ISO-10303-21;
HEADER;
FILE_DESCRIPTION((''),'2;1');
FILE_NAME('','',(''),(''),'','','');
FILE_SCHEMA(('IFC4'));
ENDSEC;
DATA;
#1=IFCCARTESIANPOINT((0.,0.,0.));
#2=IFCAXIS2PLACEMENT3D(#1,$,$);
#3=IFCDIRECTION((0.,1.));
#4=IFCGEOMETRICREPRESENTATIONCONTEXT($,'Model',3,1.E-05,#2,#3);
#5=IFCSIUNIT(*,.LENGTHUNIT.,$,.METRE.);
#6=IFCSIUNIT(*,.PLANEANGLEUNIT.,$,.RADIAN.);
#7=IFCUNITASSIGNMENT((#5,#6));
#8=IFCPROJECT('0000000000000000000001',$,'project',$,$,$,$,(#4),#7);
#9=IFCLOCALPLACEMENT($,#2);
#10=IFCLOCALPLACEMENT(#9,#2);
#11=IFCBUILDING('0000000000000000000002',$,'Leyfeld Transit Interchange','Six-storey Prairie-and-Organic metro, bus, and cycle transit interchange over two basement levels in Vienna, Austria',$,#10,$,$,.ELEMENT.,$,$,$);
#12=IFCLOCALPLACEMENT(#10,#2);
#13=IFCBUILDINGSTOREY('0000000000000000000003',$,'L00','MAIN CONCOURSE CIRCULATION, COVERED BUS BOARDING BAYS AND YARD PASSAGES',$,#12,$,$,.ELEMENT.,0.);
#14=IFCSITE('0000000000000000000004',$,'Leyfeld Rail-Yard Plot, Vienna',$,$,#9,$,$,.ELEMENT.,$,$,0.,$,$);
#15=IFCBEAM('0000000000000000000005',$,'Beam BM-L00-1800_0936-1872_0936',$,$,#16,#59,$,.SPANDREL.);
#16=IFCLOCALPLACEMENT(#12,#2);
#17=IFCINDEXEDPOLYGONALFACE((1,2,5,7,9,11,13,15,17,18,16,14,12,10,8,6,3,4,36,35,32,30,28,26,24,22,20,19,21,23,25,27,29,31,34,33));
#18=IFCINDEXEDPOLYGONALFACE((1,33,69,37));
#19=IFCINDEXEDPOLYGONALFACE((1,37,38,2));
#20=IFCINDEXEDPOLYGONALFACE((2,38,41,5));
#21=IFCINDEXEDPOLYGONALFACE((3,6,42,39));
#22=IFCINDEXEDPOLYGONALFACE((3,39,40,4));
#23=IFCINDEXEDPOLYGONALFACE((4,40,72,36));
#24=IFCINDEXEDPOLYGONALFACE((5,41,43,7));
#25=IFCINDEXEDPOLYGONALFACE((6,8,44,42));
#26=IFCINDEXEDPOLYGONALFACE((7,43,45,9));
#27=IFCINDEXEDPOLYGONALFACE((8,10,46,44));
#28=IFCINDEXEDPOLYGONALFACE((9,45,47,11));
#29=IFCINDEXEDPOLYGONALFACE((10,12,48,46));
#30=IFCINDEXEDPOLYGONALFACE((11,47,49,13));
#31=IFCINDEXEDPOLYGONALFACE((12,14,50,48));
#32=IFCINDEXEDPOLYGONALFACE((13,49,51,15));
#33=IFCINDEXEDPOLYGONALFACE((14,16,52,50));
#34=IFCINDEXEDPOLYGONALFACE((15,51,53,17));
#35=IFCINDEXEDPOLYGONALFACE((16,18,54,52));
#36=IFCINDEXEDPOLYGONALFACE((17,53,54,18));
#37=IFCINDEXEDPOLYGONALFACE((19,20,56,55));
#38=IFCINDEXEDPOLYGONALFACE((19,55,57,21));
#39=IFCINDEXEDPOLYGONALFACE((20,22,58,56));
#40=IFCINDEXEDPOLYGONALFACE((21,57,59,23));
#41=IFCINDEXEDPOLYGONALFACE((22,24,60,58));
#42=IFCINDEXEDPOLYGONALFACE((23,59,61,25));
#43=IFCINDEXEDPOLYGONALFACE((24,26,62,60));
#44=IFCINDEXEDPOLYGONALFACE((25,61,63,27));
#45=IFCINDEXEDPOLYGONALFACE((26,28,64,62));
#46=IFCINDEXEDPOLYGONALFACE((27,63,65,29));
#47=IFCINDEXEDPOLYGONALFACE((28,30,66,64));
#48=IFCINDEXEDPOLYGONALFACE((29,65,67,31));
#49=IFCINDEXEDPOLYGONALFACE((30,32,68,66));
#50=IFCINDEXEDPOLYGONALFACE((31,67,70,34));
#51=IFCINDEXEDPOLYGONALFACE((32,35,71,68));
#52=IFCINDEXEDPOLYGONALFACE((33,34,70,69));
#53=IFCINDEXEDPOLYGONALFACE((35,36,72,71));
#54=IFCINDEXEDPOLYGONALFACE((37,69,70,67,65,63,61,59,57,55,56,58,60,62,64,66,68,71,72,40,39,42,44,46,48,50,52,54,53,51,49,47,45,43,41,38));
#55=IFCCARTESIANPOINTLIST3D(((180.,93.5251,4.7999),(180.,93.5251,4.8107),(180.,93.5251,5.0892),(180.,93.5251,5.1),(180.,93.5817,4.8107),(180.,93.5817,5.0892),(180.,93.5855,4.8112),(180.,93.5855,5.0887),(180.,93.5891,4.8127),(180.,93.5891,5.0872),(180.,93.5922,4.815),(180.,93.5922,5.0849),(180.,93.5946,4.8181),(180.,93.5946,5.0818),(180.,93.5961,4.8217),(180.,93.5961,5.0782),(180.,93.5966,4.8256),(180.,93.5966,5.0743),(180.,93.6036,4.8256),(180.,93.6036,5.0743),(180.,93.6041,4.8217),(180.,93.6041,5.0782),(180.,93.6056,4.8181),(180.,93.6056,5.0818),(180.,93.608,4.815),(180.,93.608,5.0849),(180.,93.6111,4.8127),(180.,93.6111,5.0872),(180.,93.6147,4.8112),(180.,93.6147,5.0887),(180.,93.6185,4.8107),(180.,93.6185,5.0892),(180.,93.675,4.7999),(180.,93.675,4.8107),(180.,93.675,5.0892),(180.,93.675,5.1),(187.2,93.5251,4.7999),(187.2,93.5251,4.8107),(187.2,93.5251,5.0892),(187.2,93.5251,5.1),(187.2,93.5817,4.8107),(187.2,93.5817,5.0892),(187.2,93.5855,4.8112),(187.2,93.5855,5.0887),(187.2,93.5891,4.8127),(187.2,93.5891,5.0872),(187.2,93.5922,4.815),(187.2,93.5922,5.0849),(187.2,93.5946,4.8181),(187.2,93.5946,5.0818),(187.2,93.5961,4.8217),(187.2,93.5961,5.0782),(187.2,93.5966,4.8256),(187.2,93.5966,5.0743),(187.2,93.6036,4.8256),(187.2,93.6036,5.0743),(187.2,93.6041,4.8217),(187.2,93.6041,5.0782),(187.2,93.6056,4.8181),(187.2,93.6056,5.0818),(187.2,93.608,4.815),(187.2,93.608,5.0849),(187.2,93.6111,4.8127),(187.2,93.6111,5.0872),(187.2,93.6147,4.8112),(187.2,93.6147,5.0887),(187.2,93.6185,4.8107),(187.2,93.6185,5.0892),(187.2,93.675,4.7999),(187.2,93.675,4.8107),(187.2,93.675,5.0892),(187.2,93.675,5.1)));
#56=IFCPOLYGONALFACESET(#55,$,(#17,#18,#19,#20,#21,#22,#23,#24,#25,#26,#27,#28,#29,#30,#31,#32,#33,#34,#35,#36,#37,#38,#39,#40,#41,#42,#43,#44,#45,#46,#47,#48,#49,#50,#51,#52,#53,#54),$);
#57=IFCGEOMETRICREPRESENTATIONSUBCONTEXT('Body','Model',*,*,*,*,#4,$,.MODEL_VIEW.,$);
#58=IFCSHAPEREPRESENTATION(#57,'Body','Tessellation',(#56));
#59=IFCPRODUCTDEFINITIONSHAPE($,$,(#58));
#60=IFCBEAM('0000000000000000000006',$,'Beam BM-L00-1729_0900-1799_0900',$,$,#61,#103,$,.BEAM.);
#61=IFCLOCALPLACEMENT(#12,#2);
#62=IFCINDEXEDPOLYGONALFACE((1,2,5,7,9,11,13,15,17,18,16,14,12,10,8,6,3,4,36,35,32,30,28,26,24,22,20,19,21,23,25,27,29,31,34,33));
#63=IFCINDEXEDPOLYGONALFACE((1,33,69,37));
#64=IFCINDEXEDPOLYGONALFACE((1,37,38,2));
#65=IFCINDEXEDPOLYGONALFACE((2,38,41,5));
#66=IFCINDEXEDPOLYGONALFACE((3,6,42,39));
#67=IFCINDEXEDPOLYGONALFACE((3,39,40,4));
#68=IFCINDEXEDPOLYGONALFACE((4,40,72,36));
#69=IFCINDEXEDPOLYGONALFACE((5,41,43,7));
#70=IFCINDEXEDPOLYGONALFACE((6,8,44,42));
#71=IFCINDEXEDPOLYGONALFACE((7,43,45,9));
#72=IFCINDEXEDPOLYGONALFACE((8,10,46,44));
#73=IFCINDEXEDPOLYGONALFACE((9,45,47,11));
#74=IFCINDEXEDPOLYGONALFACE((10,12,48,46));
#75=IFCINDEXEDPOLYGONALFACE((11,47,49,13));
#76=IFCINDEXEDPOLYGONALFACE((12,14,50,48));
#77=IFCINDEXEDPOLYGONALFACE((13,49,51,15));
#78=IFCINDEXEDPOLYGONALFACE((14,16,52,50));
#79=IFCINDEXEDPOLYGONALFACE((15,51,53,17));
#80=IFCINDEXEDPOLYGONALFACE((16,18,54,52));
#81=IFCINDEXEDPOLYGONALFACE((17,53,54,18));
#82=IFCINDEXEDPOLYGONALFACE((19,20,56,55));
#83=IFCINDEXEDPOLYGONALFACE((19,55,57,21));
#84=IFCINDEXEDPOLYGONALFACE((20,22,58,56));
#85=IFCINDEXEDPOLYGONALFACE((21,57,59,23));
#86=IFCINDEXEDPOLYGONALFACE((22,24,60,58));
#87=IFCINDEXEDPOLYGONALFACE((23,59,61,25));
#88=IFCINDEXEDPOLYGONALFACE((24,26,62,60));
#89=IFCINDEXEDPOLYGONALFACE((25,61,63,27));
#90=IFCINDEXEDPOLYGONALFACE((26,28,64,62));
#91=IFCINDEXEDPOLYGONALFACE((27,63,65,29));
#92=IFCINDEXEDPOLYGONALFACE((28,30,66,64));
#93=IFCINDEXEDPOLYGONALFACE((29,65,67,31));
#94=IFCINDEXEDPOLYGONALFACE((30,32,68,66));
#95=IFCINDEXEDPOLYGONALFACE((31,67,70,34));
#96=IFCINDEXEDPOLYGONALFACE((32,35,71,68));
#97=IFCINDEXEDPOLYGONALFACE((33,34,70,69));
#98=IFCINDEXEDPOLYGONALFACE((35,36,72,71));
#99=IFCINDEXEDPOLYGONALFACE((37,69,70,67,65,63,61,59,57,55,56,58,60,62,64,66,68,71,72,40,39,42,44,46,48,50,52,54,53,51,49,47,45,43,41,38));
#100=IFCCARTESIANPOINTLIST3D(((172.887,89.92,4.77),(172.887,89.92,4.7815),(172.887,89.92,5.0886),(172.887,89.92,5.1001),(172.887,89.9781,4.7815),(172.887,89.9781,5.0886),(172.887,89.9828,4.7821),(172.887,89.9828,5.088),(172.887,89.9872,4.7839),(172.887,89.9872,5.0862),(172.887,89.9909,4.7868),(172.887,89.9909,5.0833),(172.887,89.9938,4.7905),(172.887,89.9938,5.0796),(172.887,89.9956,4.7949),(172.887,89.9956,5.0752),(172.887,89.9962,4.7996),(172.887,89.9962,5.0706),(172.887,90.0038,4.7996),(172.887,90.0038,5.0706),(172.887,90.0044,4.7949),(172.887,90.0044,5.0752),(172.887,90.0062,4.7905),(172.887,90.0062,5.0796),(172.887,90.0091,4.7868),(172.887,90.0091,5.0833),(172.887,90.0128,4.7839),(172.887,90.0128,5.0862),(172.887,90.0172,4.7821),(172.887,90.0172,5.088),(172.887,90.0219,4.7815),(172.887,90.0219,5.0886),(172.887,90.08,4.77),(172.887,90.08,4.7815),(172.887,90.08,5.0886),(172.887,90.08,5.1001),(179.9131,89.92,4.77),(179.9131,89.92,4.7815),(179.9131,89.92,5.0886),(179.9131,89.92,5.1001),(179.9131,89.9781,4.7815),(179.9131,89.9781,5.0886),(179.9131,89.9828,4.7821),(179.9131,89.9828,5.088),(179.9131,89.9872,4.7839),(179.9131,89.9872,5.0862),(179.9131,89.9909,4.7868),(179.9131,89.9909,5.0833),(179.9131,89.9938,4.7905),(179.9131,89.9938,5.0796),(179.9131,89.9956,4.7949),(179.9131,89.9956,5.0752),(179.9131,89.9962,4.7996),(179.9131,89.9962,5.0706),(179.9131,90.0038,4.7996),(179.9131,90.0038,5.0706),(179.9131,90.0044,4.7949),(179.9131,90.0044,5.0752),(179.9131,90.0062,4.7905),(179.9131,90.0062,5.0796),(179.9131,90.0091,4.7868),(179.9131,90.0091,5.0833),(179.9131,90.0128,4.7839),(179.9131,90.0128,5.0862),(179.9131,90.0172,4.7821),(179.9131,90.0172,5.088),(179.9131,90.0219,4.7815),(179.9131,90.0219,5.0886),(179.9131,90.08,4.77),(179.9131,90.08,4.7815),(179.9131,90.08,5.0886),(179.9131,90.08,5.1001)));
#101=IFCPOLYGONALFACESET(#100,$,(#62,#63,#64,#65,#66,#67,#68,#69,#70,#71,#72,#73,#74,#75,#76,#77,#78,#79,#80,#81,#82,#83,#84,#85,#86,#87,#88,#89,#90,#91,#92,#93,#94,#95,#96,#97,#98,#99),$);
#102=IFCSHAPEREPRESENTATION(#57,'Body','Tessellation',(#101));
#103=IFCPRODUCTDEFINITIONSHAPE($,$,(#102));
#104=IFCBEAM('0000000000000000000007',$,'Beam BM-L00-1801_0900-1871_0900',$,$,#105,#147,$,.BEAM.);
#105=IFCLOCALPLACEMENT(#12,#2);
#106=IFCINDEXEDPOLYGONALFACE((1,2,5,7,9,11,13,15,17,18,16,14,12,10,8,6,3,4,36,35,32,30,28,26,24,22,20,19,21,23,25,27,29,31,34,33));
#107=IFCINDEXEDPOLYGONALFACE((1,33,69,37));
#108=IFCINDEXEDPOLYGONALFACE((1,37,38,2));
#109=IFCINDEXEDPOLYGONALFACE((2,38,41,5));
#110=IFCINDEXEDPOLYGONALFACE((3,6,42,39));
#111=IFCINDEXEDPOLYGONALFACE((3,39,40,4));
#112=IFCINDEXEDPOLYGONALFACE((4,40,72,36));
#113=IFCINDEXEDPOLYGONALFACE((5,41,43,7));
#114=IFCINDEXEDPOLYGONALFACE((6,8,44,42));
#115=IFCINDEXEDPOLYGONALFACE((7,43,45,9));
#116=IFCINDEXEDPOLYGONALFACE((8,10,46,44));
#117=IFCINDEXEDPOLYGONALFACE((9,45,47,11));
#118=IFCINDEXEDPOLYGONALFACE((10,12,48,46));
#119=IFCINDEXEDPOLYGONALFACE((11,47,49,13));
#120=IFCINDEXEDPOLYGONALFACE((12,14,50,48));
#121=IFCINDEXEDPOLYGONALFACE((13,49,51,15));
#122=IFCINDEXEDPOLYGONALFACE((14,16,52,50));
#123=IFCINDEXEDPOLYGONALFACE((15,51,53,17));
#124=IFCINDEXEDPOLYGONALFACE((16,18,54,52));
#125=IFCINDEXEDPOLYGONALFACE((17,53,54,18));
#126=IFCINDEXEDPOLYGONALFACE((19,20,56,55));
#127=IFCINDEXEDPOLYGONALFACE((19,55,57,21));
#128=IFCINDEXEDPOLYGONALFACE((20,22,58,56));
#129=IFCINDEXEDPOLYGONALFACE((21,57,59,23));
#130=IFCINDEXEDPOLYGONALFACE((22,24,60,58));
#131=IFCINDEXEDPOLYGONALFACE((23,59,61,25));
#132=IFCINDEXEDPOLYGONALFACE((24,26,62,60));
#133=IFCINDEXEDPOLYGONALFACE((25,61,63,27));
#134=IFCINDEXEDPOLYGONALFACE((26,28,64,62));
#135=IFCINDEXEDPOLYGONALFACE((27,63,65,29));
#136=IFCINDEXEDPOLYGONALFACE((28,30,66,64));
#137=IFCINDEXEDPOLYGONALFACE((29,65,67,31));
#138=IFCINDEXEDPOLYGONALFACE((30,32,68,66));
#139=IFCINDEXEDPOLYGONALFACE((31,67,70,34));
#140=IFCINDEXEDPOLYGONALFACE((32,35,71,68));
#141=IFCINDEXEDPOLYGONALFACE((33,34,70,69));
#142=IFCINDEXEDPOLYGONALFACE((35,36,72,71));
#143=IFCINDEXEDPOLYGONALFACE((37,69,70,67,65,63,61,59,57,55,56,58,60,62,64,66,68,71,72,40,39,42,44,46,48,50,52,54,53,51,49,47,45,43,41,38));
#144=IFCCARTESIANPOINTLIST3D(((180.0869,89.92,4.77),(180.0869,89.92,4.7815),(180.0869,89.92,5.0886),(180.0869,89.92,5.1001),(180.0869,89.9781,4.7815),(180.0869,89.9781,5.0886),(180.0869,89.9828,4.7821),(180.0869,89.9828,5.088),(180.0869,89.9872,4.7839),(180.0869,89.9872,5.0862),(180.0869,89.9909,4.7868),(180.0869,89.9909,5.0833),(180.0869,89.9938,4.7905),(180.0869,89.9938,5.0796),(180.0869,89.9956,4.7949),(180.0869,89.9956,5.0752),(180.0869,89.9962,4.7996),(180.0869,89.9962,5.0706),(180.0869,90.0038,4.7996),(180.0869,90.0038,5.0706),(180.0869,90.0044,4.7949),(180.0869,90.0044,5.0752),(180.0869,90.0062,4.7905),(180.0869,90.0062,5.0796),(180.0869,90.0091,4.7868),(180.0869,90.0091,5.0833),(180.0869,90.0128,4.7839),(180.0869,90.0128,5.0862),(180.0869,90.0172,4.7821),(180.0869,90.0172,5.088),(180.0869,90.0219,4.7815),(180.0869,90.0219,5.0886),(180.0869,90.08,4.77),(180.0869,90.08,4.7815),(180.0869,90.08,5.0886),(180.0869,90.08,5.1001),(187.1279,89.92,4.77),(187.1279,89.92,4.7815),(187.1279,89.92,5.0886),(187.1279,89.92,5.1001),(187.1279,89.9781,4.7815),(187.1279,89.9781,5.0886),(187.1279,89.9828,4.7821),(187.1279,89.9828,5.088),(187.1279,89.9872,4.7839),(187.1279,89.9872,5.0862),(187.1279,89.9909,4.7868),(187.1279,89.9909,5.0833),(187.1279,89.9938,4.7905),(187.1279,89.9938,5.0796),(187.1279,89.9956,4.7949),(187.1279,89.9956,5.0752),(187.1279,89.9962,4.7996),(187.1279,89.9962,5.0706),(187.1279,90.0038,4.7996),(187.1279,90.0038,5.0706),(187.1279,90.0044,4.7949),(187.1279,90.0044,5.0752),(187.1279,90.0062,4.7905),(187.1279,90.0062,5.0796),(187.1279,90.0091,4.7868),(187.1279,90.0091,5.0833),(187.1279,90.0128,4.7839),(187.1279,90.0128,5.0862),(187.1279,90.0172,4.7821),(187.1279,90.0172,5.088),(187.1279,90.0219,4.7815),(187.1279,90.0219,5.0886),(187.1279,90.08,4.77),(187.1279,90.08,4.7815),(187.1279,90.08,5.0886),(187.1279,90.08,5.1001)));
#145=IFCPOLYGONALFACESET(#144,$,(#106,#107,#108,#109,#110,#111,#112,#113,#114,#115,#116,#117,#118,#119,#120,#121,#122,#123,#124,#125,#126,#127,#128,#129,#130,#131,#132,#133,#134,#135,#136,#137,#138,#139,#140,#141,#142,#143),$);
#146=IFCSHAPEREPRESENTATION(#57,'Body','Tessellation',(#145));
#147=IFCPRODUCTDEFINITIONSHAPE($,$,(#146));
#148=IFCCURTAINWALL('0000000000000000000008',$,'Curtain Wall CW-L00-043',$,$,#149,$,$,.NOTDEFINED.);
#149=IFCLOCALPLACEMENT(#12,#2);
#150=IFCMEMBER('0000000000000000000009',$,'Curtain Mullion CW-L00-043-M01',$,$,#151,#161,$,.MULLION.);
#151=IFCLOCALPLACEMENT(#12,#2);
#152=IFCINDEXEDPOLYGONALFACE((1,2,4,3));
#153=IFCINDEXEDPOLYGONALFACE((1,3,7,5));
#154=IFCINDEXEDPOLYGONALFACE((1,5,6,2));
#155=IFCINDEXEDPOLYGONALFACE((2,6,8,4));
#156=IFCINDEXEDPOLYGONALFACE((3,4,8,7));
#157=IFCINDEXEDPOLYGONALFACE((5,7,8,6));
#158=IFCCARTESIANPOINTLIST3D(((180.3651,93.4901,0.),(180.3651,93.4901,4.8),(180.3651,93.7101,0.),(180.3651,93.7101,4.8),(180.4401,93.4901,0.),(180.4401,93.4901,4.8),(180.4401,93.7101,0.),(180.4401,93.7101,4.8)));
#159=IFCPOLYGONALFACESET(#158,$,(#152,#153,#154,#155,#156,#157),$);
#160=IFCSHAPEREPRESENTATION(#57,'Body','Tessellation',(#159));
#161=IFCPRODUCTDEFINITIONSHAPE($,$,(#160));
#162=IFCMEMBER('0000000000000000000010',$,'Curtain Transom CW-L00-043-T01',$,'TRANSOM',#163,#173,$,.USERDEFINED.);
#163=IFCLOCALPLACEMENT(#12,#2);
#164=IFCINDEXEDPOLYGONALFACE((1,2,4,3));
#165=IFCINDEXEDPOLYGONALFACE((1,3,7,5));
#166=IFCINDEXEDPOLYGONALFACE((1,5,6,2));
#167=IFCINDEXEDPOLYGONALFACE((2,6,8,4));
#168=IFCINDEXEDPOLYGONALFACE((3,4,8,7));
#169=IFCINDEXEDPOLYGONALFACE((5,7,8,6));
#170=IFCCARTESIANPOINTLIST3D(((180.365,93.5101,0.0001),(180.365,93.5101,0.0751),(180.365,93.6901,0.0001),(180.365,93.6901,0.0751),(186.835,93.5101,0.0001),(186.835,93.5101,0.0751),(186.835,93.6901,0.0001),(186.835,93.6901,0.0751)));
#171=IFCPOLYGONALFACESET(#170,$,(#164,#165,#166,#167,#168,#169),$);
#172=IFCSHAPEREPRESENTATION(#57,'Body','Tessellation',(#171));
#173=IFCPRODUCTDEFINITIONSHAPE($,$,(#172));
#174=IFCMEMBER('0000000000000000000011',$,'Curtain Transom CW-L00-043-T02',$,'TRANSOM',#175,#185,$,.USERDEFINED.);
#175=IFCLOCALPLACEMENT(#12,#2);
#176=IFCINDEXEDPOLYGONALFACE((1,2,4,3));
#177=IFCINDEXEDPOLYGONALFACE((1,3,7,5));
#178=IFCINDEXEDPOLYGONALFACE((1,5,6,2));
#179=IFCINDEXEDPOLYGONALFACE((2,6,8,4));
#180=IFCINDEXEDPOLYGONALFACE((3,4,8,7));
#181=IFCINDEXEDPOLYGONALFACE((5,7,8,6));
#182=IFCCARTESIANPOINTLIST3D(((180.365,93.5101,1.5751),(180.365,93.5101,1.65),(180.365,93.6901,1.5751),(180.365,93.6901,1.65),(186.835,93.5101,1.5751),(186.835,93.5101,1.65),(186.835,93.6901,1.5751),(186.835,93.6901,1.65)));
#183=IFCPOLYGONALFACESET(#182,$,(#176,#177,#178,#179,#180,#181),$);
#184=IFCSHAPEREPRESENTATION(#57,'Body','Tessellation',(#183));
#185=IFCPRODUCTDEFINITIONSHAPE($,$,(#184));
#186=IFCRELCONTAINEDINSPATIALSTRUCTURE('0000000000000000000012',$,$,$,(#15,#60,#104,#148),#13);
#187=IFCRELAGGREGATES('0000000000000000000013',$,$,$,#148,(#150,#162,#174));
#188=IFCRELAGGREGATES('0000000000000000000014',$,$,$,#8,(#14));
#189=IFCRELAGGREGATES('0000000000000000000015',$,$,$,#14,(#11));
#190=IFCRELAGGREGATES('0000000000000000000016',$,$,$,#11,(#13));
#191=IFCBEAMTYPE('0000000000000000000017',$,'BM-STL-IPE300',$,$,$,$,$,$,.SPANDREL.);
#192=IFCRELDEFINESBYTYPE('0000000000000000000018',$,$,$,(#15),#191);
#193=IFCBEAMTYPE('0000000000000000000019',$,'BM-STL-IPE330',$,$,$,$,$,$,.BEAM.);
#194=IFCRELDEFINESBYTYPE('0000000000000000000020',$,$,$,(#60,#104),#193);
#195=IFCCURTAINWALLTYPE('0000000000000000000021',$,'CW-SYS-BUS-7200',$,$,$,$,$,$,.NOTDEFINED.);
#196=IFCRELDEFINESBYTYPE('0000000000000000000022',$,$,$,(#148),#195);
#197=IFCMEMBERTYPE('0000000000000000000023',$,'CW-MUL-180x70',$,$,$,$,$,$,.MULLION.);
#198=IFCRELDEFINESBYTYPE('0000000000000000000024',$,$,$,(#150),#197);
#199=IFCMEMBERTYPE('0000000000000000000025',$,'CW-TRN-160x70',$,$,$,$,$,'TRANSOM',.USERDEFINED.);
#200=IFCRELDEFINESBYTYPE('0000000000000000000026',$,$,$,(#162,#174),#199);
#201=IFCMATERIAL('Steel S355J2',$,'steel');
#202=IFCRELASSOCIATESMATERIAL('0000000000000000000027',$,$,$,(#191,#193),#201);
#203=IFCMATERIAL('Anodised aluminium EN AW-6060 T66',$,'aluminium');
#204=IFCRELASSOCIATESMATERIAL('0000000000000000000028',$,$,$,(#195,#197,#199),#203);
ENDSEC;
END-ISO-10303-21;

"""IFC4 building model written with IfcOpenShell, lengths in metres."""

from ifc_helpers import new_model, si_unit, direction, frame, origin, origin_2d, place, context, subcontext, project, spatial, rectangle, i_section, extrude, material, material_profile, profile_set, type_object, element, aggregate, save


model = new_model("IFC4")

# Units and contexts
model_context = context("Model", 3, precision=1e-05, world=origin(), true_north=direction((0.0, 1.0)))
body_context = subcontext(model_context, "Body", "Model", "MODEL_VIEW")
ifc_project = project(units=[si_unit("LENGTHUNIT", "METRE"), si_unit("PLANEANGLEUNIT", "RADIAN")], contexts=[model_context])

# Site, building, storey
site_placement = place(None, origin())
site = spatial("IfcSite", under=ifc_project, at=site_placement, Name="Leyfeld Rail-Yard Plot, Vienna", CompositionType="ELEMENT", RefElevation=0.0)
building_placement = place(site_placement, origin())
building = spatial("IfcBuilding", under=site, at=building_placement, Name="Leyfeld Transit Interchange", Description="Six-storey Prairie-and-Organic metro, bus, and cycle transit interchange over two basement levels in Vienna, Austria", CompositionType="ELEMENT")
storey_placement = place(building_placement, origin())
storey = spatial("IfcBuildingStorey", under=building, at=storey_placement, Name="L00", Description="MAIN CONCOURSE CIRCULATION, COVERED BUS BOARDING BAYS AND YARD PASSAGES", CompositionType="ELEMENT", Elevation=0.0)

# Beams
ifc_material_1 = material(Name="Steel S355J2", Category="steel")
ifc_material_profile_1 = material_profile(ifc_material_1, i_section(OverallWidth=0.1499, OverallDepth=0.3, WebThickness=0.0071, FlangeThickness=0.0107, FilletRadius=0.0149, at=origin_2d()), Name="IPE 300")
ifc_profile_set_1 = profile_set([ifc_material_profile_1], Name="Steel S355J2")
beam_type_1 = type_object("IfcBeamType", Name="BM-STL-IPE300", PredefinedType="SPANDREL", material=ifc_profile_set_1)
for number, where, z_axis, x_axis, name in (
    (1, (180.0, 93.6001, 4.95), (1.0, 0.0, 0.0), (0.0, 1.0, 0.0), "Beam BM-L00-1800_0936-1872_0936"),
):
    element("IfcBeam", number, at=place(storey_placement, frame(where, z_axis=z_axis, x_axis=x_axis)), inside=storey, type_object=beam_type_1, Name=name, PredefinedType="SPANDREL", context=body_context, shape_type="SweptSolid", body=[
        extrude(i_section(OverallWidth=0.1499, OverallDepth=0.3, WebThickness=0.0071, FlangeThickness=0.0107, FilletRadius=0.0149, at=origin_2d()), origin(), (0.0, 0.0, 1.0), 7.2),
    ])
ifc_material_profile_2 = material_profile(ifc_material_1, i_section(OverallWidth=0.1599, OverallDepth=0.3301, WebThickness=0.0076, FlangeThickness=0.0115, FilletRadius=0.0181, at=origin_2d()), Name="IPE 330")
ifc_profile_set_2 = profile_set([ifc_material_profile_2], Name="Steel S355J2")
beam_type_2 = type_object("IfcBeamType", Name="BM-STL-IPE330", PredefinedType="BEAM", material=ifc_profile_set_2)
beam_1_placement = place(storey_placement, frame((172.887, 90.0, 4.9351), z_axis=(1.0, 0.0, 0.0), x_axis=(0.0, 1.0, 0.0)))
element("IfcBeam", 2, at=beam_1_placement, inside=storey, type_object=beam_type_2, Name="Beam BM-L00-1729_0900-1799_0900", PredefinedType="BEAM", context=body_context, shape_type="SweptSolid", body=[
    extrude(i_section(OverallWidth=0.1599, OverallDepth=0.3301, WebThickness=0.0076, FlangeThickness=0.0115, FilletRadius=0.0181, at=origin_2d()), origin(), (0.0, 0.0, 1.0), 7.0261),
])
beam_2_placement = place(storey_placement, frame((180.0869, 90.0, 4.9351), z_axis=(1.0, 0.0, 0.0), x_axis=(0.0, 1.0, 0.0)))
element("IfcBeam", 3, at=beam_2_placement, inside=storey, type_object=beam_type_2, Name="Beam BM-L00-1801_0900-1871_0900", PredefinedType="BEAM", context=body_context, shape_type="SweptSolid", body=[
    extrude(i_section(OverallWidth=0.1599, OverallDepth=0.3301, WebThickness=0.0076, FlangeThickness=0.0115, FilletRadius=0.0181, at=origin_2d()), origin(), (0.0, 0.0, 1.0), 7.041),
])

# Curtain wall, members
ifc_material_2 = material(Name="Anodised aluminium EN AW-6060 T66", Category="aluminium")
curtain_wall_type = type_object("IfcCurtainWallType", Name="CW-SYS-BUS-7200", PredefinedType="NOTDEFINED", material=ifc_material_2)
curtain_wall_placement = place(storey_placement, origin())
curtain_wall = element("IfcCurtainWall", 4, at=curtain_wall_placement, inside=storey, type_object=curtain_wall_type, Name="Curtain Wall CW-L00-043", PredefinedType="NOTDEFINED")
ifc_material_profile_3 = material_profile(ifc_material_2, rectangle(XDim=0.075, YDim=0.22, at=origin_2d()), Name="CW-M 75x220")
ifc_profile_set_3 = profile_set([ifc_material_profile_3], Name="Anodised aluminium EN AW-6060 T66")
member_type_1 = type_object("IfcMemberType", Name="CW-MUL-180x70", PredefinedType="MULLION", material=ifc_profile_set_3)
member_1_placement = place(storey_placement, frame((180.4026, 93.6001, 0.0), z_axis=(0.0, 0.0, 1.0), x_axis=(1.0, 0.0, 0.0)))
member_1 = element("IfcMember", 5, at=member_1_placement, type_object=member_type_1, Name="Curtain Mullion CW-L00-043-M01", PredefinedType="MULLION", context=body_context, shape_type="SweptSolid", body=[
    extrude(rectangle(XDim=0.075, YDim=0.22, at=origin_2d()), origin(), (0.0, 0.0, 1.0), 4.8),
])
ifc_material_profile_4 = material_profile(ifc_material_2, rectangle(XDim=0.1799, YDim=0.075, at=origin_2d()), Name="CW-TRN-160x70")
ifc_profile_set_4 = profile_set([ifc_material_profile_4], Name="Anodised aluminium EN AW-6060 T66")
member_type_2 = type_object("IfcMemberType", Name="CW-TRN-160x70", ElementType="TRANSOM", PredefinedType="USERDEFINED", material=ifc_profile_set_4)
member_2_placement = place(storey_placement, frame((180.365, 93.6001, 0.0376), z_axis=(1.0, 0.0, 0.0), x_axis=(0.0, 1.0, 0.0)))
member_2 = element("IfcMember", 6, at=member_2_placement, type_object=member_type_2, Name="Curtain Transom CW-L00-043-T01", ObjectType="TRANSOM", PredefinedType="USERDEFINED", context=body_context, shape_type="SweptSolid", body=[
    extrude(rectangle(XDim=0.1799, YDim=0.075, at=origin_2d()), origin(), (0.0, 0.0, 1.0), 6.47),
])
member_3_placement = place(storey_placement, frame((180.365, 93.6001, 1.6125), z_axis=(1.0, 0.0, 0.0), x_axis=(0.0, 1.0, 0.0)))
member_3 = element("IfcMember", 7, at=member_3_placement, type_object=member_type_2, Name="Curtain Transom CW-L00-043-T02", ObjectType="TRANSOM", PredefinedType="USERDEFINED", context=body_context, shape_type="SweptSolid", body=[
    extrude(rectangle(XDim=0.1799, YDim=0.075, at=origin_2d()), origin(), (0.0, 0.0, 1.0), 6.47),
])
aggregate(curtain_wall, [member_1, member_2, member_3])

save(model, "model.ifc")
